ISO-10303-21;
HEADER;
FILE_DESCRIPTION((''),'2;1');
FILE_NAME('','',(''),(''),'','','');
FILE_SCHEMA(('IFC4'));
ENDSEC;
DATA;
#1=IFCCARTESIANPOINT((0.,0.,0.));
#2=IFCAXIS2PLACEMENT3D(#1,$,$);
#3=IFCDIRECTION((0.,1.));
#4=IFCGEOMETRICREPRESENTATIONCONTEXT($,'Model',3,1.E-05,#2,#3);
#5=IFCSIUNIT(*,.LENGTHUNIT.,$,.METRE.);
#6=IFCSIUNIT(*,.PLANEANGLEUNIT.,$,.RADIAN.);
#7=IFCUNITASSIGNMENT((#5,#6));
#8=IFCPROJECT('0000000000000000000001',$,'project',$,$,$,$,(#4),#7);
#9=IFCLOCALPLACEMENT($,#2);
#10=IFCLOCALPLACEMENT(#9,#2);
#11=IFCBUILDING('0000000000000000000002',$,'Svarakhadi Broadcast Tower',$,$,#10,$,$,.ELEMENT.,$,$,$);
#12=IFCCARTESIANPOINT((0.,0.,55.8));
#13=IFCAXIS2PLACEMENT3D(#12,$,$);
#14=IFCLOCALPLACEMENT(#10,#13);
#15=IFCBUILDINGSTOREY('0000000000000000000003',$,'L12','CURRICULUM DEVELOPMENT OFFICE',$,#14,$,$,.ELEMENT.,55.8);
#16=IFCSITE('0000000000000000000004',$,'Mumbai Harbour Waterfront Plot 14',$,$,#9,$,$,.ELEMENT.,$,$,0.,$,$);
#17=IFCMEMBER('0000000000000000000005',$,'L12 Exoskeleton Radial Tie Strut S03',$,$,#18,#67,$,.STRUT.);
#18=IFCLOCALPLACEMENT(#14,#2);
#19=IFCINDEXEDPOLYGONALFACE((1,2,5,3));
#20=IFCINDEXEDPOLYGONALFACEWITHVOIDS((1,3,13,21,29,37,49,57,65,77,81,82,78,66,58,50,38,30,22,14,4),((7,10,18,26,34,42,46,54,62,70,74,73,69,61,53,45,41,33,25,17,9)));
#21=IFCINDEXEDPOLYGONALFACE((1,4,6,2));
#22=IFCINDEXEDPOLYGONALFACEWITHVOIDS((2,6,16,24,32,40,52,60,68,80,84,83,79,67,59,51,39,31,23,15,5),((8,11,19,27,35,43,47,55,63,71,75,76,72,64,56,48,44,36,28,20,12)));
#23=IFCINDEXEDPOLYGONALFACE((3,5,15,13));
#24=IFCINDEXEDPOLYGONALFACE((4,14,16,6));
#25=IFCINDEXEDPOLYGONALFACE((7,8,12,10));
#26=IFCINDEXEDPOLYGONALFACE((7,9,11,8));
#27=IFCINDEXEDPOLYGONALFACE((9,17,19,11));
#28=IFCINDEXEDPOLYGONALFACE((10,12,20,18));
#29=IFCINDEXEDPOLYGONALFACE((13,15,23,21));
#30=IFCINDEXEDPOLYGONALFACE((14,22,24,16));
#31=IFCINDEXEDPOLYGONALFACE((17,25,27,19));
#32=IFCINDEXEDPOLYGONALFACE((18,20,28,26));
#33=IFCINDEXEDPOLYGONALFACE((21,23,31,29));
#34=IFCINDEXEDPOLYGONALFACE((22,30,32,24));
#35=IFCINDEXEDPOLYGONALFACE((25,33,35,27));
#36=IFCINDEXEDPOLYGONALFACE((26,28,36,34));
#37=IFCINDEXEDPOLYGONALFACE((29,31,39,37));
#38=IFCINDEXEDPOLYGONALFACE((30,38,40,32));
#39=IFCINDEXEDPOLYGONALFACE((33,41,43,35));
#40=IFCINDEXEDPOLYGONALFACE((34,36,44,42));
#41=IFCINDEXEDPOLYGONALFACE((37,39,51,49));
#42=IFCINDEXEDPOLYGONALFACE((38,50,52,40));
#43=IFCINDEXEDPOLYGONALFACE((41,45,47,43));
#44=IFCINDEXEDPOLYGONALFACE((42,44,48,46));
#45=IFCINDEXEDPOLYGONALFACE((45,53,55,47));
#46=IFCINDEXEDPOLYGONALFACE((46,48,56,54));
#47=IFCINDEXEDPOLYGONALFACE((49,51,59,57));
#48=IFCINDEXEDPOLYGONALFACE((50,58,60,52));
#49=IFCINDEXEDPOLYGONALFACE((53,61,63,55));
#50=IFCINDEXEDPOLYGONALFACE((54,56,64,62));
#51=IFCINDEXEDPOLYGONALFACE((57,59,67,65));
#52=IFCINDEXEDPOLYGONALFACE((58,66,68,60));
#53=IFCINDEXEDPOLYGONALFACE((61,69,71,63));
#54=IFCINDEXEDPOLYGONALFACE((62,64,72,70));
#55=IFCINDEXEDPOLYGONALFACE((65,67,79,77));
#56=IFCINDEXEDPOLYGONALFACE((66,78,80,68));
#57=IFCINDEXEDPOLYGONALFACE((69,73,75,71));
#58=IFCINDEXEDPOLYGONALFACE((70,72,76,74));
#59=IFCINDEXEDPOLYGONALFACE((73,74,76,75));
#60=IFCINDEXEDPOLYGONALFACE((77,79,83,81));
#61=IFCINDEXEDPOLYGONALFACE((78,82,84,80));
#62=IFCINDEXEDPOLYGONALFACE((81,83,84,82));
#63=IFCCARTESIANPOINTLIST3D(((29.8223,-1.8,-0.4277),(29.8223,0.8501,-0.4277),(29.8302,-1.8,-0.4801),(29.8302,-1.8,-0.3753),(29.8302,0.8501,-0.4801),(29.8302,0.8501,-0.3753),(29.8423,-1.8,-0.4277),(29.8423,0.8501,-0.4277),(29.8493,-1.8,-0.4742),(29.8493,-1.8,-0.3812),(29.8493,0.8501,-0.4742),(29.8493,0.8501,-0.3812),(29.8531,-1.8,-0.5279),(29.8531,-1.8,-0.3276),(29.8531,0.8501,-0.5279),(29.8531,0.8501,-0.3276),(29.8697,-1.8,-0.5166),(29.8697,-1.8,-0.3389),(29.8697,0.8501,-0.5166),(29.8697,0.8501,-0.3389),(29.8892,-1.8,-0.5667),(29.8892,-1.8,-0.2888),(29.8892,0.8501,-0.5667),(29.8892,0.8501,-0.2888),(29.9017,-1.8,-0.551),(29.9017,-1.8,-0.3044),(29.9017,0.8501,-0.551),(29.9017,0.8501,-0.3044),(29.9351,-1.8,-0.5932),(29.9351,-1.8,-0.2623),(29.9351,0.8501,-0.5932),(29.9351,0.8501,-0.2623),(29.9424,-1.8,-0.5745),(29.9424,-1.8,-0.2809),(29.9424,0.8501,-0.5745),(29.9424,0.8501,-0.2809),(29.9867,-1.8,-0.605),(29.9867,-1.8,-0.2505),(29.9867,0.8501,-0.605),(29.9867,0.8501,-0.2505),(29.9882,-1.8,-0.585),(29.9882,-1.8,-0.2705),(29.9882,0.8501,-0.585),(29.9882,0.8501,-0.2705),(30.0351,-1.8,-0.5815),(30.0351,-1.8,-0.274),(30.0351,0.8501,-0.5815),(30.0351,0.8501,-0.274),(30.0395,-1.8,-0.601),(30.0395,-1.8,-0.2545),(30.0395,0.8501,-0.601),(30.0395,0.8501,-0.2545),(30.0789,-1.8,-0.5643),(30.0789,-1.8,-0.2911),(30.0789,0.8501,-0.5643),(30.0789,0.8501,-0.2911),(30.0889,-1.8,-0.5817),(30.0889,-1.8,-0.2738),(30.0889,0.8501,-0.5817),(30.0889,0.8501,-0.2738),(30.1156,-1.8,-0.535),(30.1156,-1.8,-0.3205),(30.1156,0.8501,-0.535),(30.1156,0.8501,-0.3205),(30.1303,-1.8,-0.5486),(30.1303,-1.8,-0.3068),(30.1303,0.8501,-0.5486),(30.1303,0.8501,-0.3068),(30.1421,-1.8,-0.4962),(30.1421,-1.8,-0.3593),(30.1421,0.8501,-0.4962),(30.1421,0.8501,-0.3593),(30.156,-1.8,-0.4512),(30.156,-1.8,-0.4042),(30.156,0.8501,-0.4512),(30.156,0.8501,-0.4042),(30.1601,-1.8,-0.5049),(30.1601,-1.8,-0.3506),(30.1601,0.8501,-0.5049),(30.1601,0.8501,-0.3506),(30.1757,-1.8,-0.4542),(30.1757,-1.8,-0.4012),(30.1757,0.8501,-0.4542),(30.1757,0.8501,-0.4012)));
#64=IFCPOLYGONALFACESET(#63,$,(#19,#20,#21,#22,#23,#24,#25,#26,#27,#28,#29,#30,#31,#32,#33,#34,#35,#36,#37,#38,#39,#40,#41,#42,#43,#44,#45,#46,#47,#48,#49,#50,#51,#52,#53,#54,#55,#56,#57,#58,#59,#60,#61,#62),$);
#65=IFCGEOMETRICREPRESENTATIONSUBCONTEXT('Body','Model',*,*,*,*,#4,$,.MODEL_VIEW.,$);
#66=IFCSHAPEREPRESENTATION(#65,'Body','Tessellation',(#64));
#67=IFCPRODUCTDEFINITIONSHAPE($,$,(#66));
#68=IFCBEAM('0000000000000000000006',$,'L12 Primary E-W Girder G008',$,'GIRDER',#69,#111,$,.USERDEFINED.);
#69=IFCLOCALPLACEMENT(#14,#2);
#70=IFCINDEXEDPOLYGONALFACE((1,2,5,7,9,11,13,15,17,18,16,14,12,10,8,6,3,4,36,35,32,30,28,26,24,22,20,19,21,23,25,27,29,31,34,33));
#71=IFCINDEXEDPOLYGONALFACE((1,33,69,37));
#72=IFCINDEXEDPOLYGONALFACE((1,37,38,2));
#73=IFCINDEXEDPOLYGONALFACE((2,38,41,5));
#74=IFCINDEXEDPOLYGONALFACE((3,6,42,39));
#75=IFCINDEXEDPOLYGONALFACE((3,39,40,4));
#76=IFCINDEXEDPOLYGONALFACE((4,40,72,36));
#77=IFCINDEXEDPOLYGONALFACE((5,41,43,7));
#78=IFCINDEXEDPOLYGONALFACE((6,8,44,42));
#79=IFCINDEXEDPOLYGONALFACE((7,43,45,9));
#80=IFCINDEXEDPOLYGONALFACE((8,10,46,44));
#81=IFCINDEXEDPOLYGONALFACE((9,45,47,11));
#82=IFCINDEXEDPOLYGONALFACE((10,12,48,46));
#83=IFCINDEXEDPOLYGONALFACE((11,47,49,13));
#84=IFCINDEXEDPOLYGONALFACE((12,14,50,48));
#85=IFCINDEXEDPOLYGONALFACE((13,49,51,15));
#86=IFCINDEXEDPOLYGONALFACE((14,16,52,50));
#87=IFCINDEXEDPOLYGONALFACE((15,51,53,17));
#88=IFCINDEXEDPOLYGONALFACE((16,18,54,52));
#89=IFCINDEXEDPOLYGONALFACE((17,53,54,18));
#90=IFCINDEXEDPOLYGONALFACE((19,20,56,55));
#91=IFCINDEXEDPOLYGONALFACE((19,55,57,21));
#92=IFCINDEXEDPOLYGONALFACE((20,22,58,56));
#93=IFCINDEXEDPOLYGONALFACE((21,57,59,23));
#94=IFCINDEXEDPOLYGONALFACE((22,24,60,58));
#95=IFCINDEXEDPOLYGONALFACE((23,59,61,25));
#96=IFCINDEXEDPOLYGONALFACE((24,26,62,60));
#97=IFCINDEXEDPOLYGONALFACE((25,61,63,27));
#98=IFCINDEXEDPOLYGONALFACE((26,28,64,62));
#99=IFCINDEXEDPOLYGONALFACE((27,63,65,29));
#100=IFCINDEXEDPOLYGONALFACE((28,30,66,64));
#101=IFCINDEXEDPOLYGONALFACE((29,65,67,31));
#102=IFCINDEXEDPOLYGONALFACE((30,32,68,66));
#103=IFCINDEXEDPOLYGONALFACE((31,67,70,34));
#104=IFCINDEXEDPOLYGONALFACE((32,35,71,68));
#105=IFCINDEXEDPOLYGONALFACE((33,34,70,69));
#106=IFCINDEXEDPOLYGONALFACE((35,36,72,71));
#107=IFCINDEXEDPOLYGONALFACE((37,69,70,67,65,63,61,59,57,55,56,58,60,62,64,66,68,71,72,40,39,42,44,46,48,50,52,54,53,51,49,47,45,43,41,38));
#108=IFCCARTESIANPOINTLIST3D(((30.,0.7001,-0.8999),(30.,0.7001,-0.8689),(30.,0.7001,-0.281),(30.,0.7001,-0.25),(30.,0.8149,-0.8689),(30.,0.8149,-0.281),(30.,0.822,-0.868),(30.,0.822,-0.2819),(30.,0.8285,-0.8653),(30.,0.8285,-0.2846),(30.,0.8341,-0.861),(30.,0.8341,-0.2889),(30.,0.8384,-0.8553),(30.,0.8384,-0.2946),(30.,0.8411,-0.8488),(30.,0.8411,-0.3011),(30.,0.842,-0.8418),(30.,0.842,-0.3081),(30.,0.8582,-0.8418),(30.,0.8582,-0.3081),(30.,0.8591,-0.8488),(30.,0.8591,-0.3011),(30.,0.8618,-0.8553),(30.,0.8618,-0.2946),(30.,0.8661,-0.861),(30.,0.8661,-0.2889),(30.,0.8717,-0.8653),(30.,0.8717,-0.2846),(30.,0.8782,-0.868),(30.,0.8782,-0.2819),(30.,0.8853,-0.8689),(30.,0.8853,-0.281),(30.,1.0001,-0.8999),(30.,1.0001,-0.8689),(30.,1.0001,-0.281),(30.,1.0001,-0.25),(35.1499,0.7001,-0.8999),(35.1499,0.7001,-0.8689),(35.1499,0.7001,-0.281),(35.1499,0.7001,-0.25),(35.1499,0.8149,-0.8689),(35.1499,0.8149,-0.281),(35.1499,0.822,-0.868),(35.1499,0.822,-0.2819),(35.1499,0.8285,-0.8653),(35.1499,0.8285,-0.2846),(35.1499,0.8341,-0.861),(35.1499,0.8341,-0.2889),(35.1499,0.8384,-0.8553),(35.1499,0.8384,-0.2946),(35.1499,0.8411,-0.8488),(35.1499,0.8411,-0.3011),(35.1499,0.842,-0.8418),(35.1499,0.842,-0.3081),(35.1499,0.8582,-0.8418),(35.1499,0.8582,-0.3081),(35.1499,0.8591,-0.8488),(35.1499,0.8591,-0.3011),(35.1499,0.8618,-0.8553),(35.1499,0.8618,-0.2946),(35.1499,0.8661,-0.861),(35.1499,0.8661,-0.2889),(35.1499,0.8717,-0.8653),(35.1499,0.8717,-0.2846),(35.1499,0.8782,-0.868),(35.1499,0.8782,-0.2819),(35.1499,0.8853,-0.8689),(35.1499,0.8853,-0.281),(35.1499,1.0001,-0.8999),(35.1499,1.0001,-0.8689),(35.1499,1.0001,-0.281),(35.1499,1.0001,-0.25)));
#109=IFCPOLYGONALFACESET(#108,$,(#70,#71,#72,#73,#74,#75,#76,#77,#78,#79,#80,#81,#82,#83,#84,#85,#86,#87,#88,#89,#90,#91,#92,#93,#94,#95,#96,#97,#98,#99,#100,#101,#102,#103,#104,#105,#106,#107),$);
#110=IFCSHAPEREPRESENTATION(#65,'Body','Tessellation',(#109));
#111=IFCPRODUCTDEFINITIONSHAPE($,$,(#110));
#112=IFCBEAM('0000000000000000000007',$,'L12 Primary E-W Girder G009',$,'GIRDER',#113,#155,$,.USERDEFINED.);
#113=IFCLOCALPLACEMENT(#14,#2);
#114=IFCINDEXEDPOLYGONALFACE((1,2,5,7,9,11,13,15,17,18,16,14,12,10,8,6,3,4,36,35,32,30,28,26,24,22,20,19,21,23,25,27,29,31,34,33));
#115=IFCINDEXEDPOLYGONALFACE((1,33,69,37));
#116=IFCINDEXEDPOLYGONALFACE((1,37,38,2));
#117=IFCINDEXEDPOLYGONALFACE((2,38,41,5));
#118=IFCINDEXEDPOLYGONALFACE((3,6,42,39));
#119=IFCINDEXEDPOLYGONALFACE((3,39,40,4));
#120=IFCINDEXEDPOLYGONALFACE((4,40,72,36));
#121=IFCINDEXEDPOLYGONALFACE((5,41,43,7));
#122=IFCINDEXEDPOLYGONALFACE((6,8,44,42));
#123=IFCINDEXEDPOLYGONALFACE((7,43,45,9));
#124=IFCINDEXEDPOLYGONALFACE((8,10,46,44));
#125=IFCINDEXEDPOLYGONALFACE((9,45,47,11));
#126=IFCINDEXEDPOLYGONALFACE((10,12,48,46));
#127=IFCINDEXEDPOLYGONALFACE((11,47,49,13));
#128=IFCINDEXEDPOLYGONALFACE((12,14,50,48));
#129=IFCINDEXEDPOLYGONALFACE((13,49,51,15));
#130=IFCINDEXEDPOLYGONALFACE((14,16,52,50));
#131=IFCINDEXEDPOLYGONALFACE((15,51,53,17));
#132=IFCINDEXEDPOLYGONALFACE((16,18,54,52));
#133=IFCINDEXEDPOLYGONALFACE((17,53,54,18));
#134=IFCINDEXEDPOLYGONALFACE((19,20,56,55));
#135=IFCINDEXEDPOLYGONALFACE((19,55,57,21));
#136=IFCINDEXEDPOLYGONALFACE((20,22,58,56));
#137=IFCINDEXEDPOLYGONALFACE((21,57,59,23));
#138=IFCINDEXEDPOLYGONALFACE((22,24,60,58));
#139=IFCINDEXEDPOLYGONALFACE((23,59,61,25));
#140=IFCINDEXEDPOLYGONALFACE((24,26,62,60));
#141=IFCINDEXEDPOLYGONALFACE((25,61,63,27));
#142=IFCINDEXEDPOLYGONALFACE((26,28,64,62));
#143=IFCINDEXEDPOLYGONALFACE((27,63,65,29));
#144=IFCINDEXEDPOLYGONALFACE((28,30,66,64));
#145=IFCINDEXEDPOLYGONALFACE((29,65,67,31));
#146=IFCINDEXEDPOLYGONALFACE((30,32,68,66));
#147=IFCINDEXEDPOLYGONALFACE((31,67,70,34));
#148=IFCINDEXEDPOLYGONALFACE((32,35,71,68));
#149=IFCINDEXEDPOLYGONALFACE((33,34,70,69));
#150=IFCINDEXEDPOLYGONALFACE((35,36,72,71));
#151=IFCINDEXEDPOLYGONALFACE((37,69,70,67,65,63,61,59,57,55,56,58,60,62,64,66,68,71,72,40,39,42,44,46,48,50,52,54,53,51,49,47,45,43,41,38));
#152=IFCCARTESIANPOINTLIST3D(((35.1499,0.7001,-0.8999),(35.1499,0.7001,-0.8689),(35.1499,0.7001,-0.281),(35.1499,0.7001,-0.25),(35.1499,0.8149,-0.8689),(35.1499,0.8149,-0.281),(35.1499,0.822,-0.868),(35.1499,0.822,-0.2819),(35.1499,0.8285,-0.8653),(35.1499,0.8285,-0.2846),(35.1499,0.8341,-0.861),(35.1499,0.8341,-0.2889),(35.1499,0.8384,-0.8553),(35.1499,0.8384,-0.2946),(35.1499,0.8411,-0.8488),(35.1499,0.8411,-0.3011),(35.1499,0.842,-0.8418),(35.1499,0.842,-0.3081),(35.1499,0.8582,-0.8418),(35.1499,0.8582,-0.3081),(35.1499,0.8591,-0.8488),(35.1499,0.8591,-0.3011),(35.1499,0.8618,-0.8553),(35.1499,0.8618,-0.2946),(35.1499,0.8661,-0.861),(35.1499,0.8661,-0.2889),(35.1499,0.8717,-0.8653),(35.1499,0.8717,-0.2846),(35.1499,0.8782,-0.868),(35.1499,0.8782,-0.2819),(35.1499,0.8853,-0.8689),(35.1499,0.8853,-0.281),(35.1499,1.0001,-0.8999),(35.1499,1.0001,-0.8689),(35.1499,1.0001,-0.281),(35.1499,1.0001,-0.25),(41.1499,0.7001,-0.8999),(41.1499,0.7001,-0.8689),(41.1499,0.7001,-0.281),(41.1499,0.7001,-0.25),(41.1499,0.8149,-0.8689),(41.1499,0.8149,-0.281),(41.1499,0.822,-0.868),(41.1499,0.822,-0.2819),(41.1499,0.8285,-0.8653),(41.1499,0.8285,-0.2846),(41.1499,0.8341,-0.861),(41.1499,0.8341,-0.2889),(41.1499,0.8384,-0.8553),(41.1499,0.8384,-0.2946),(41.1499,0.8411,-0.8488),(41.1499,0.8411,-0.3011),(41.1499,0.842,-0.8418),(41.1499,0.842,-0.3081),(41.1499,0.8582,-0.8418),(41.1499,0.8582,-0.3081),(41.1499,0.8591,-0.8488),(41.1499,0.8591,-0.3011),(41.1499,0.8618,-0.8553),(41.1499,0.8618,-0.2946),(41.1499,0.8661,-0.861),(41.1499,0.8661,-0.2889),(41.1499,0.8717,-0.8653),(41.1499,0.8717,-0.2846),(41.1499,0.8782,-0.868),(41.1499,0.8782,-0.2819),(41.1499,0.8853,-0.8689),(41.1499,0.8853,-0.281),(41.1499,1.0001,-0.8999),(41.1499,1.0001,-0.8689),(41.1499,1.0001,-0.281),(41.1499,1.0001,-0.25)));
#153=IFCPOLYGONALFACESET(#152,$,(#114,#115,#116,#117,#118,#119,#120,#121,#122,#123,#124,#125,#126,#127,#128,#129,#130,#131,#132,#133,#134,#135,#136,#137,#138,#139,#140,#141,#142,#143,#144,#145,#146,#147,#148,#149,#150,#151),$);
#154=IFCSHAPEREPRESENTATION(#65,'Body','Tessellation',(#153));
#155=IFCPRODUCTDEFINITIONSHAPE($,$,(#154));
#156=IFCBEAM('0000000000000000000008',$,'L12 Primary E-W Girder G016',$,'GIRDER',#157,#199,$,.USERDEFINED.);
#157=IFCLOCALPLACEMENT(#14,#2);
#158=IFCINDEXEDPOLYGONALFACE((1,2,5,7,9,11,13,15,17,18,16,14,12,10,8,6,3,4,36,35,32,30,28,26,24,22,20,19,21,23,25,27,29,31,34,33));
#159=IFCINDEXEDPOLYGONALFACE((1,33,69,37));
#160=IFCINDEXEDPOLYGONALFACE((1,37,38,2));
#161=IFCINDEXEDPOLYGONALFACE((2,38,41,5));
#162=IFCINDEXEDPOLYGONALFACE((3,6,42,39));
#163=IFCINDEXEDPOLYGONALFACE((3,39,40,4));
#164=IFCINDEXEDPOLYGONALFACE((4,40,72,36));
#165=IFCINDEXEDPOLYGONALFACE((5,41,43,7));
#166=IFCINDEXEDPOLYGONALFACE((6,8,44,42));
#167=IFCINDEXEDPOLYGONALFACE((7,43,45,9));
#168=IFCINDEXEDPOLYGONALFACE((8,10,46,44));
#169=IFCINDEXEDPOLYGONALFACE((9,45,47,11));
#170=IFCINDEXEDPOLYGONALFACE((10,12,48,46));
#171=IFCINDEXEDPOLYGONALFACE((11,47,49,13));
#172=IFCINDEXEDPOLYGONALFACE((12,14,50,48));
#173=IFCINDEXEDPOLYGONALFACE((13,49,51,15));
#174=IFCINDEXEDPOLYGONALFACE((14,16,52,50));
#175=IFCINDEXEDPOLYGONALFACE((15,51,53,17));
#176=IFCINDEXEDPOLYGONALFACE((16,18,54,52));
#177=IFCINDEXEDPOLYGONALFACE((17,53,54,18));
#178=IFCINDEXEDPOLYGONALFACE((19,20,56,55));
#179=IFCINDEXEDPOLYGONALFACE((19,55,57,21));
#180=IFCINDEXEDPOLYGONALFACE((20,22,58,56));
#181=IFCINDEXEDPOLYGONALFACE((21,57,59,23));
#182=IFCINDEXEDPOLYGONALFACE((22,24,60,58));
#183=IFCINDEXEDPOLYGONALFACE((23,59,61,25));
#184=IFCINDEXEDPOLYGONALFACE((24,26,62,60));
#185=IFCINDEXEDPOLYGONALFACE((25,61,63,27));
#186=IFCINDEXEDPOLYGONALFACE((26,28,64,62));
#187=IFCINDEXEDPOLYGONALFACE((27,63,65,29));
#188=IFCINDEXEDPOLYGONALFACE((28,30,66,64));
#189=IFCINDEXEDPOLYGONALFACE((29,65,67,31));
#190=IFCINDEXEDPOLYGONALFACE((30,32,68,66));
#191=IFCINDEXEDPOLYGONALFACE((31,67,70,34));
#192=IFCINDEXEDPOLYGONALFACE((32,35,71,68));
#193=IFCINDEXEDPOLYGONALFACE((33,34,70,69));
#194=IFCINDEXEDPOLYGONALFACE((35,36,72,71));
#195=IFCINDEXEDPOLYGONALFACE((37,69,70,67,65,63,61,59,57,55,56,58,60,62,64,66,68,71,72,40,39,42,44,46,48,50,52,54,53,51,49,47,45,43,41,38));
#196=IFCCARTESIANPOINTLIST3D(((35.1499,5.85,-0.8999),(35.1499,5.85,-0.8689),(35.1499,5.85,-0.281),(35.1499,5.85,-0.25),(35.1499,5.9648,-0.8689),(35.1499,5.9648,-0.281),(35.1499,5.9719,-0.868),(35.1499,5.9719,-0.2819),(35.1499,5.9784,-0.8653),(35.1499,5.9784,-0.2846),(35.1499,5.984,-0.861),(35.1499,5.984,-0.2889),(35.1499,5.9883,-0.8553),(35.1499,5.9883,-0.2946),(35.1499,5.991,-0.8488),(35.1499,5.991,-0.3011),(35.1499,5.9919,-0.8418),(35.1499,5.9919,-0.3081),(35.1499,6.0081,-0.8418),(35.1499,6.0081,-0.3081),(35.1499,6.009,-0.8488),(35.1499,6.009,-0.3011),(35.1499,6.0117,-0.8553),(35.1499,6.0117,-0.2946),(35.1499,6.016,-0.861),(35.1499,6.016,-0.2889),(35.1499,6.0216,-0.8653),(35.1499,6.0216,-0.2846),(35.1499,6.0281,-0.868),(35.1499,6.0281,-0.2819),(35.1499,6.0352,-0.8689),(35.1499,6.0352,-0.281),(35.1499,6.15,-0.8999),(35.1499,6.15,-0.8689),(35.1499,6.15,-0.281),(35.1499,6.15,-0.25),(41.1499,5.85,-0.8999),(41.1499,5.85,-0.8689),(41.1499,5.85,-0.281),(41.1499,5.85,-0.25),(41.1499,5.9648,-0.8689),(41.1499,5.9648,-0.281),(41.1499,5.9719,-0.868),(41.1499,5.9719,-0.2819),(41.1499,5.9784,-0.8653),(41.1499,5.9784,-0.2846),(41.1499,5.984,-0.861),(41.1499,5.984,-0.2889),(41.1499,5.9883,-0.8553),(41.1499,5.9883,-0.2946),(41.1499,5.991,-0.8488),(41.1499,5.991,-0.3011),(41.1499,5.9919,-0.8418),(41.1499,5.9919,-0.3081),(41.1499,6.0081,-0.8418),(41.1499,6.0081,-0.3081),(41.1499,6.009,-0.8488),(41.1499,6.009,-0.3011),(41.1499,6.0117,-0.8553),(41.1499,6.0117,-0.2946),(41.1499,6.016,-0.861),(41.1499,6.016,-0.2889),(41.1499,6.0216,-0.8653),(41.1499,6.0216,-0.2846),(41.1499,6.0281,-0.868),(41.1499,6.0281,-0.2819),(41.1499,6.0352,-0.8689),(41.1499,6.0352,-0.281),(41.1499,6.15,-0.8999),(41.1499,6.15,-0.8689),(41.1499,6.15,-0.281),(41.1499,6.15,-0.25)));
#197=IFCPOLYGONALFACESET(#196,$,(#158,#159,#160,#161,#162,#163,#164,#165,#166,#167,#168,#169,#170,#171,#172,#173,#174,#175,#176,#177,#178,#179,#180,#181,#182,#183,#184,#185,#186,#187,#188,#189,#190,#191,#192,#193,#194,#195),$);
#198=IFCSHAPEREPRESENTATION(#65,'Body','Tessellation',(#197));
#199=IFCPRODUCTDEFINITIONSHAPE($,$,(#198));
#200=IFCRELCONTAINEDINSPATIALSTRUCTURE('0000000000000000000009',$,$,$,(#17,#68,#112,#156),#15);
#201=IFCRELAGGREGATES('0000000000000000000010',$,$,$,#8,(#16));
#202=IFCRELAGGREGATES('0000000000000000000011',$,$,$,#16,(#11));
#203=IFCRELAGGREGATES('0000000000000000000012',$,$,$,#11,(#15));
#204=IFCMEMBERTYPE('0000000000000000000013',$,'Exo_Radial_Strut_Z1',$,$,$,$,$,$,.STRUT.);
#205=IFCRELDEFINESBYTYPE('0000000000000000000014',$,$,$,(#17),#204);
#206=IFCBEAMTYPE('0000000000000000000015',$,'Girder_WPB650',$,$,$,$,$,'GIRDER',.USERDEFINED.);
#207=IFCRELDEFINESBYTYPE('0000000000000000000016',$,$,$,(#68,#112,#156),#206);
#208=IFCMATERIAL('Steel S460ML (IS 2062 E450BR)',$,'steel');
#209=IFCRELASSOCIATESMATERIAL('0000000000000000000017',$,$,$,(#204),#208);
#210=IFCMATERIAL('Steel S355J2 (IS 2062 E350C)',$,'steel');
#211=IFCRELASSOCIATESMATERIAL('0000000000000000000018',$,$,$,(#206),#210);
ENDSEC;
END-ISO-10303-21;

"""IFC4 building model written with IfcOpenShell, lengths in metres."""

from ifc_helpers import new_model, si_unit, direction, frame, origin, origin_2d, place, context, subcontext, project, spatial, hollow_circle, i_section, extrude, material, material_profile, profile_set, type_object, element, save


model = new_model("IFC4")

# Units and contexts
model_context = context("Model", 3, precision=1e-05, world=origin(), true_north=direction((0.0, 1.0)))
body_context = subcontext(model_context, "Body", "Model", "MODEL_VIEW")
ifc_project = project(units=[si_unit("LENGTHUNIT", "METRE"), si_unit("PLANEANGLEUNIT", "RADIAN")], contexts=[model_context])

# Site, building, storey
site_placement = place(None, origin())
site = spatial("IfcSite", under=ifc_project, at=site_placement, Name="Mumbai Harbour Waterfront Plot 14", CompositionType="ELEMENT", RefElevation=0.0)
building_placement = place(site_placement, origin())
building = spatial("IfcBuilding", under=site, at=building_placement, Name="Svarakhadi Broadcast Tower", CompositionType="ELEMENT")
storey_placement = place(building_placement, frame((0.0, 0.0, 55.8)))
storey = spatial("IfcBuildingStorey", under=building, at=storey_placement, Name="L12", Description="CURRICULUM DEVELOPMENT OFFICE", CompositionType="ELEMENT", Elevation=55.8)

# Shared definitions
ifc_material_1 = material(Name="Steel S460ML (IS 2062 E450BR)", Category="steel")

# Member
ifc_material_profile_1 = material_profile(ifc_material_1, hollow_circle(Radius=0.1777, WallThickness=0.02, at=origin_2d()), Name="CHS 355.6x20")
ifc_profile_set_1 = profile_set([ifc_material_profile_1], Name="Steel S460ML (IS 2062 E450BR)")
member_type_1 = type_object("IfcMemberType", Name="Exo_Radial_Strut_Z1", PredefinedType="STRUT", material=ifc_profile_set_1)
member_1_placement = place(storey_placement, frame((30.0, -1.8, -0.4277), z_axis=(0.0, 1.0, 0.0), x_axis=(-1.0, 0.0, 0.0)))
element("IfcMember", 1, at=member_1_placement, inside=storey, type_object=member_type_1, Name="L12 Exoskeleton Radial Tie Strut S03", PredefinedType="STRUT", context=body_context, shape_type="SweptSolid", body=[
    extrude(hollow_circle(Radius=0.1777, WallThickness=0.02, at=origin_2d()), origin(), (0.0, 0.0, 1.0), 2.6501),
])

# Beams
ifc_material_2 = material(Name="Steel S355J2 (IS 2062 E350C)", Category="steel")
ifc_material_profile_2 = material_profile(ifc_material_2, i_section(OverallWidth=0.3, OverallDepth=0.6499, WebThickness=0.0161, FlangeThickness=0.031, FilletRadius=0.0271, at=origin_2d()), Name="WPB 650x300x225")
ifc_profile_set_2 = profile_set([ifc_material_profile_2], Name="Steel S355J2 (IS 2062 E350C)")
beam_type_1 = type_object("IfcBeamType", Name="Girder_WPB650", ElementType="GIRDER", PredefinedType="USERDEFINED", material=ifc_profile_set_2)
beam_1_placement = place(storey_placement, frame((30.0, 0.8501, -0.575), z_axis=(1.0, 0.0, 0.0), x_axis=(0.0, 1.0, 0.0)))
element("IfcBeam", 2, at=beam_1_placement, inside=storey, type_object=beam_type_1, Name="L12 Primary E-W Girder G008", ObjectType="GIRDER", PredefinedType="USERDEFINED", context=body_context, shape_type="SweptSolid", body=[
    extrude(i_section(OverallWidth=0.3, OverallDepth=0.6499, WebThickness=0.0161, FlangeThickness=0.031, FilletRadius=0.0271, at=origin_2d()), origin(), (0.0, 0.0, 1.0), 5.1499),
])
for number, where, z_axis, x_axis, name in (
    (3, (35.1499, 0.8501, -0.575), (1.0, 0.0, 0.0), (0.0, 1.0, 0.0), "L12 Primary E-W Girder G009"),
    (4, (35.1499, 6.0, -0.575), (1.0, 0.0, 0.0), (0.0, 1.0, 0.0), "L12 Primary E-W Girder G016"),
):
    element("IfcBeam", number, at=place(storey_placement, frame(where, z_axis=z_axis, x_axis=x_axis)), inside=storey, type_object=beam_type_1, Name=name, ObjectType="GIRDER", PredefinedType="USERDEFINED", context=body_context, shape_type="SweptSolid", body=[
        extrude(i_section(OverallWidth=0.3, OverallDepth=0.6499, WebThickness=0.0161, FlangeThickness=0.031, FilletRadius=0.0271, at=origin_2d()), origin(), (0.0, 0.0, 1.0), 6.0),
    ])

save(model, "model.ifc")
